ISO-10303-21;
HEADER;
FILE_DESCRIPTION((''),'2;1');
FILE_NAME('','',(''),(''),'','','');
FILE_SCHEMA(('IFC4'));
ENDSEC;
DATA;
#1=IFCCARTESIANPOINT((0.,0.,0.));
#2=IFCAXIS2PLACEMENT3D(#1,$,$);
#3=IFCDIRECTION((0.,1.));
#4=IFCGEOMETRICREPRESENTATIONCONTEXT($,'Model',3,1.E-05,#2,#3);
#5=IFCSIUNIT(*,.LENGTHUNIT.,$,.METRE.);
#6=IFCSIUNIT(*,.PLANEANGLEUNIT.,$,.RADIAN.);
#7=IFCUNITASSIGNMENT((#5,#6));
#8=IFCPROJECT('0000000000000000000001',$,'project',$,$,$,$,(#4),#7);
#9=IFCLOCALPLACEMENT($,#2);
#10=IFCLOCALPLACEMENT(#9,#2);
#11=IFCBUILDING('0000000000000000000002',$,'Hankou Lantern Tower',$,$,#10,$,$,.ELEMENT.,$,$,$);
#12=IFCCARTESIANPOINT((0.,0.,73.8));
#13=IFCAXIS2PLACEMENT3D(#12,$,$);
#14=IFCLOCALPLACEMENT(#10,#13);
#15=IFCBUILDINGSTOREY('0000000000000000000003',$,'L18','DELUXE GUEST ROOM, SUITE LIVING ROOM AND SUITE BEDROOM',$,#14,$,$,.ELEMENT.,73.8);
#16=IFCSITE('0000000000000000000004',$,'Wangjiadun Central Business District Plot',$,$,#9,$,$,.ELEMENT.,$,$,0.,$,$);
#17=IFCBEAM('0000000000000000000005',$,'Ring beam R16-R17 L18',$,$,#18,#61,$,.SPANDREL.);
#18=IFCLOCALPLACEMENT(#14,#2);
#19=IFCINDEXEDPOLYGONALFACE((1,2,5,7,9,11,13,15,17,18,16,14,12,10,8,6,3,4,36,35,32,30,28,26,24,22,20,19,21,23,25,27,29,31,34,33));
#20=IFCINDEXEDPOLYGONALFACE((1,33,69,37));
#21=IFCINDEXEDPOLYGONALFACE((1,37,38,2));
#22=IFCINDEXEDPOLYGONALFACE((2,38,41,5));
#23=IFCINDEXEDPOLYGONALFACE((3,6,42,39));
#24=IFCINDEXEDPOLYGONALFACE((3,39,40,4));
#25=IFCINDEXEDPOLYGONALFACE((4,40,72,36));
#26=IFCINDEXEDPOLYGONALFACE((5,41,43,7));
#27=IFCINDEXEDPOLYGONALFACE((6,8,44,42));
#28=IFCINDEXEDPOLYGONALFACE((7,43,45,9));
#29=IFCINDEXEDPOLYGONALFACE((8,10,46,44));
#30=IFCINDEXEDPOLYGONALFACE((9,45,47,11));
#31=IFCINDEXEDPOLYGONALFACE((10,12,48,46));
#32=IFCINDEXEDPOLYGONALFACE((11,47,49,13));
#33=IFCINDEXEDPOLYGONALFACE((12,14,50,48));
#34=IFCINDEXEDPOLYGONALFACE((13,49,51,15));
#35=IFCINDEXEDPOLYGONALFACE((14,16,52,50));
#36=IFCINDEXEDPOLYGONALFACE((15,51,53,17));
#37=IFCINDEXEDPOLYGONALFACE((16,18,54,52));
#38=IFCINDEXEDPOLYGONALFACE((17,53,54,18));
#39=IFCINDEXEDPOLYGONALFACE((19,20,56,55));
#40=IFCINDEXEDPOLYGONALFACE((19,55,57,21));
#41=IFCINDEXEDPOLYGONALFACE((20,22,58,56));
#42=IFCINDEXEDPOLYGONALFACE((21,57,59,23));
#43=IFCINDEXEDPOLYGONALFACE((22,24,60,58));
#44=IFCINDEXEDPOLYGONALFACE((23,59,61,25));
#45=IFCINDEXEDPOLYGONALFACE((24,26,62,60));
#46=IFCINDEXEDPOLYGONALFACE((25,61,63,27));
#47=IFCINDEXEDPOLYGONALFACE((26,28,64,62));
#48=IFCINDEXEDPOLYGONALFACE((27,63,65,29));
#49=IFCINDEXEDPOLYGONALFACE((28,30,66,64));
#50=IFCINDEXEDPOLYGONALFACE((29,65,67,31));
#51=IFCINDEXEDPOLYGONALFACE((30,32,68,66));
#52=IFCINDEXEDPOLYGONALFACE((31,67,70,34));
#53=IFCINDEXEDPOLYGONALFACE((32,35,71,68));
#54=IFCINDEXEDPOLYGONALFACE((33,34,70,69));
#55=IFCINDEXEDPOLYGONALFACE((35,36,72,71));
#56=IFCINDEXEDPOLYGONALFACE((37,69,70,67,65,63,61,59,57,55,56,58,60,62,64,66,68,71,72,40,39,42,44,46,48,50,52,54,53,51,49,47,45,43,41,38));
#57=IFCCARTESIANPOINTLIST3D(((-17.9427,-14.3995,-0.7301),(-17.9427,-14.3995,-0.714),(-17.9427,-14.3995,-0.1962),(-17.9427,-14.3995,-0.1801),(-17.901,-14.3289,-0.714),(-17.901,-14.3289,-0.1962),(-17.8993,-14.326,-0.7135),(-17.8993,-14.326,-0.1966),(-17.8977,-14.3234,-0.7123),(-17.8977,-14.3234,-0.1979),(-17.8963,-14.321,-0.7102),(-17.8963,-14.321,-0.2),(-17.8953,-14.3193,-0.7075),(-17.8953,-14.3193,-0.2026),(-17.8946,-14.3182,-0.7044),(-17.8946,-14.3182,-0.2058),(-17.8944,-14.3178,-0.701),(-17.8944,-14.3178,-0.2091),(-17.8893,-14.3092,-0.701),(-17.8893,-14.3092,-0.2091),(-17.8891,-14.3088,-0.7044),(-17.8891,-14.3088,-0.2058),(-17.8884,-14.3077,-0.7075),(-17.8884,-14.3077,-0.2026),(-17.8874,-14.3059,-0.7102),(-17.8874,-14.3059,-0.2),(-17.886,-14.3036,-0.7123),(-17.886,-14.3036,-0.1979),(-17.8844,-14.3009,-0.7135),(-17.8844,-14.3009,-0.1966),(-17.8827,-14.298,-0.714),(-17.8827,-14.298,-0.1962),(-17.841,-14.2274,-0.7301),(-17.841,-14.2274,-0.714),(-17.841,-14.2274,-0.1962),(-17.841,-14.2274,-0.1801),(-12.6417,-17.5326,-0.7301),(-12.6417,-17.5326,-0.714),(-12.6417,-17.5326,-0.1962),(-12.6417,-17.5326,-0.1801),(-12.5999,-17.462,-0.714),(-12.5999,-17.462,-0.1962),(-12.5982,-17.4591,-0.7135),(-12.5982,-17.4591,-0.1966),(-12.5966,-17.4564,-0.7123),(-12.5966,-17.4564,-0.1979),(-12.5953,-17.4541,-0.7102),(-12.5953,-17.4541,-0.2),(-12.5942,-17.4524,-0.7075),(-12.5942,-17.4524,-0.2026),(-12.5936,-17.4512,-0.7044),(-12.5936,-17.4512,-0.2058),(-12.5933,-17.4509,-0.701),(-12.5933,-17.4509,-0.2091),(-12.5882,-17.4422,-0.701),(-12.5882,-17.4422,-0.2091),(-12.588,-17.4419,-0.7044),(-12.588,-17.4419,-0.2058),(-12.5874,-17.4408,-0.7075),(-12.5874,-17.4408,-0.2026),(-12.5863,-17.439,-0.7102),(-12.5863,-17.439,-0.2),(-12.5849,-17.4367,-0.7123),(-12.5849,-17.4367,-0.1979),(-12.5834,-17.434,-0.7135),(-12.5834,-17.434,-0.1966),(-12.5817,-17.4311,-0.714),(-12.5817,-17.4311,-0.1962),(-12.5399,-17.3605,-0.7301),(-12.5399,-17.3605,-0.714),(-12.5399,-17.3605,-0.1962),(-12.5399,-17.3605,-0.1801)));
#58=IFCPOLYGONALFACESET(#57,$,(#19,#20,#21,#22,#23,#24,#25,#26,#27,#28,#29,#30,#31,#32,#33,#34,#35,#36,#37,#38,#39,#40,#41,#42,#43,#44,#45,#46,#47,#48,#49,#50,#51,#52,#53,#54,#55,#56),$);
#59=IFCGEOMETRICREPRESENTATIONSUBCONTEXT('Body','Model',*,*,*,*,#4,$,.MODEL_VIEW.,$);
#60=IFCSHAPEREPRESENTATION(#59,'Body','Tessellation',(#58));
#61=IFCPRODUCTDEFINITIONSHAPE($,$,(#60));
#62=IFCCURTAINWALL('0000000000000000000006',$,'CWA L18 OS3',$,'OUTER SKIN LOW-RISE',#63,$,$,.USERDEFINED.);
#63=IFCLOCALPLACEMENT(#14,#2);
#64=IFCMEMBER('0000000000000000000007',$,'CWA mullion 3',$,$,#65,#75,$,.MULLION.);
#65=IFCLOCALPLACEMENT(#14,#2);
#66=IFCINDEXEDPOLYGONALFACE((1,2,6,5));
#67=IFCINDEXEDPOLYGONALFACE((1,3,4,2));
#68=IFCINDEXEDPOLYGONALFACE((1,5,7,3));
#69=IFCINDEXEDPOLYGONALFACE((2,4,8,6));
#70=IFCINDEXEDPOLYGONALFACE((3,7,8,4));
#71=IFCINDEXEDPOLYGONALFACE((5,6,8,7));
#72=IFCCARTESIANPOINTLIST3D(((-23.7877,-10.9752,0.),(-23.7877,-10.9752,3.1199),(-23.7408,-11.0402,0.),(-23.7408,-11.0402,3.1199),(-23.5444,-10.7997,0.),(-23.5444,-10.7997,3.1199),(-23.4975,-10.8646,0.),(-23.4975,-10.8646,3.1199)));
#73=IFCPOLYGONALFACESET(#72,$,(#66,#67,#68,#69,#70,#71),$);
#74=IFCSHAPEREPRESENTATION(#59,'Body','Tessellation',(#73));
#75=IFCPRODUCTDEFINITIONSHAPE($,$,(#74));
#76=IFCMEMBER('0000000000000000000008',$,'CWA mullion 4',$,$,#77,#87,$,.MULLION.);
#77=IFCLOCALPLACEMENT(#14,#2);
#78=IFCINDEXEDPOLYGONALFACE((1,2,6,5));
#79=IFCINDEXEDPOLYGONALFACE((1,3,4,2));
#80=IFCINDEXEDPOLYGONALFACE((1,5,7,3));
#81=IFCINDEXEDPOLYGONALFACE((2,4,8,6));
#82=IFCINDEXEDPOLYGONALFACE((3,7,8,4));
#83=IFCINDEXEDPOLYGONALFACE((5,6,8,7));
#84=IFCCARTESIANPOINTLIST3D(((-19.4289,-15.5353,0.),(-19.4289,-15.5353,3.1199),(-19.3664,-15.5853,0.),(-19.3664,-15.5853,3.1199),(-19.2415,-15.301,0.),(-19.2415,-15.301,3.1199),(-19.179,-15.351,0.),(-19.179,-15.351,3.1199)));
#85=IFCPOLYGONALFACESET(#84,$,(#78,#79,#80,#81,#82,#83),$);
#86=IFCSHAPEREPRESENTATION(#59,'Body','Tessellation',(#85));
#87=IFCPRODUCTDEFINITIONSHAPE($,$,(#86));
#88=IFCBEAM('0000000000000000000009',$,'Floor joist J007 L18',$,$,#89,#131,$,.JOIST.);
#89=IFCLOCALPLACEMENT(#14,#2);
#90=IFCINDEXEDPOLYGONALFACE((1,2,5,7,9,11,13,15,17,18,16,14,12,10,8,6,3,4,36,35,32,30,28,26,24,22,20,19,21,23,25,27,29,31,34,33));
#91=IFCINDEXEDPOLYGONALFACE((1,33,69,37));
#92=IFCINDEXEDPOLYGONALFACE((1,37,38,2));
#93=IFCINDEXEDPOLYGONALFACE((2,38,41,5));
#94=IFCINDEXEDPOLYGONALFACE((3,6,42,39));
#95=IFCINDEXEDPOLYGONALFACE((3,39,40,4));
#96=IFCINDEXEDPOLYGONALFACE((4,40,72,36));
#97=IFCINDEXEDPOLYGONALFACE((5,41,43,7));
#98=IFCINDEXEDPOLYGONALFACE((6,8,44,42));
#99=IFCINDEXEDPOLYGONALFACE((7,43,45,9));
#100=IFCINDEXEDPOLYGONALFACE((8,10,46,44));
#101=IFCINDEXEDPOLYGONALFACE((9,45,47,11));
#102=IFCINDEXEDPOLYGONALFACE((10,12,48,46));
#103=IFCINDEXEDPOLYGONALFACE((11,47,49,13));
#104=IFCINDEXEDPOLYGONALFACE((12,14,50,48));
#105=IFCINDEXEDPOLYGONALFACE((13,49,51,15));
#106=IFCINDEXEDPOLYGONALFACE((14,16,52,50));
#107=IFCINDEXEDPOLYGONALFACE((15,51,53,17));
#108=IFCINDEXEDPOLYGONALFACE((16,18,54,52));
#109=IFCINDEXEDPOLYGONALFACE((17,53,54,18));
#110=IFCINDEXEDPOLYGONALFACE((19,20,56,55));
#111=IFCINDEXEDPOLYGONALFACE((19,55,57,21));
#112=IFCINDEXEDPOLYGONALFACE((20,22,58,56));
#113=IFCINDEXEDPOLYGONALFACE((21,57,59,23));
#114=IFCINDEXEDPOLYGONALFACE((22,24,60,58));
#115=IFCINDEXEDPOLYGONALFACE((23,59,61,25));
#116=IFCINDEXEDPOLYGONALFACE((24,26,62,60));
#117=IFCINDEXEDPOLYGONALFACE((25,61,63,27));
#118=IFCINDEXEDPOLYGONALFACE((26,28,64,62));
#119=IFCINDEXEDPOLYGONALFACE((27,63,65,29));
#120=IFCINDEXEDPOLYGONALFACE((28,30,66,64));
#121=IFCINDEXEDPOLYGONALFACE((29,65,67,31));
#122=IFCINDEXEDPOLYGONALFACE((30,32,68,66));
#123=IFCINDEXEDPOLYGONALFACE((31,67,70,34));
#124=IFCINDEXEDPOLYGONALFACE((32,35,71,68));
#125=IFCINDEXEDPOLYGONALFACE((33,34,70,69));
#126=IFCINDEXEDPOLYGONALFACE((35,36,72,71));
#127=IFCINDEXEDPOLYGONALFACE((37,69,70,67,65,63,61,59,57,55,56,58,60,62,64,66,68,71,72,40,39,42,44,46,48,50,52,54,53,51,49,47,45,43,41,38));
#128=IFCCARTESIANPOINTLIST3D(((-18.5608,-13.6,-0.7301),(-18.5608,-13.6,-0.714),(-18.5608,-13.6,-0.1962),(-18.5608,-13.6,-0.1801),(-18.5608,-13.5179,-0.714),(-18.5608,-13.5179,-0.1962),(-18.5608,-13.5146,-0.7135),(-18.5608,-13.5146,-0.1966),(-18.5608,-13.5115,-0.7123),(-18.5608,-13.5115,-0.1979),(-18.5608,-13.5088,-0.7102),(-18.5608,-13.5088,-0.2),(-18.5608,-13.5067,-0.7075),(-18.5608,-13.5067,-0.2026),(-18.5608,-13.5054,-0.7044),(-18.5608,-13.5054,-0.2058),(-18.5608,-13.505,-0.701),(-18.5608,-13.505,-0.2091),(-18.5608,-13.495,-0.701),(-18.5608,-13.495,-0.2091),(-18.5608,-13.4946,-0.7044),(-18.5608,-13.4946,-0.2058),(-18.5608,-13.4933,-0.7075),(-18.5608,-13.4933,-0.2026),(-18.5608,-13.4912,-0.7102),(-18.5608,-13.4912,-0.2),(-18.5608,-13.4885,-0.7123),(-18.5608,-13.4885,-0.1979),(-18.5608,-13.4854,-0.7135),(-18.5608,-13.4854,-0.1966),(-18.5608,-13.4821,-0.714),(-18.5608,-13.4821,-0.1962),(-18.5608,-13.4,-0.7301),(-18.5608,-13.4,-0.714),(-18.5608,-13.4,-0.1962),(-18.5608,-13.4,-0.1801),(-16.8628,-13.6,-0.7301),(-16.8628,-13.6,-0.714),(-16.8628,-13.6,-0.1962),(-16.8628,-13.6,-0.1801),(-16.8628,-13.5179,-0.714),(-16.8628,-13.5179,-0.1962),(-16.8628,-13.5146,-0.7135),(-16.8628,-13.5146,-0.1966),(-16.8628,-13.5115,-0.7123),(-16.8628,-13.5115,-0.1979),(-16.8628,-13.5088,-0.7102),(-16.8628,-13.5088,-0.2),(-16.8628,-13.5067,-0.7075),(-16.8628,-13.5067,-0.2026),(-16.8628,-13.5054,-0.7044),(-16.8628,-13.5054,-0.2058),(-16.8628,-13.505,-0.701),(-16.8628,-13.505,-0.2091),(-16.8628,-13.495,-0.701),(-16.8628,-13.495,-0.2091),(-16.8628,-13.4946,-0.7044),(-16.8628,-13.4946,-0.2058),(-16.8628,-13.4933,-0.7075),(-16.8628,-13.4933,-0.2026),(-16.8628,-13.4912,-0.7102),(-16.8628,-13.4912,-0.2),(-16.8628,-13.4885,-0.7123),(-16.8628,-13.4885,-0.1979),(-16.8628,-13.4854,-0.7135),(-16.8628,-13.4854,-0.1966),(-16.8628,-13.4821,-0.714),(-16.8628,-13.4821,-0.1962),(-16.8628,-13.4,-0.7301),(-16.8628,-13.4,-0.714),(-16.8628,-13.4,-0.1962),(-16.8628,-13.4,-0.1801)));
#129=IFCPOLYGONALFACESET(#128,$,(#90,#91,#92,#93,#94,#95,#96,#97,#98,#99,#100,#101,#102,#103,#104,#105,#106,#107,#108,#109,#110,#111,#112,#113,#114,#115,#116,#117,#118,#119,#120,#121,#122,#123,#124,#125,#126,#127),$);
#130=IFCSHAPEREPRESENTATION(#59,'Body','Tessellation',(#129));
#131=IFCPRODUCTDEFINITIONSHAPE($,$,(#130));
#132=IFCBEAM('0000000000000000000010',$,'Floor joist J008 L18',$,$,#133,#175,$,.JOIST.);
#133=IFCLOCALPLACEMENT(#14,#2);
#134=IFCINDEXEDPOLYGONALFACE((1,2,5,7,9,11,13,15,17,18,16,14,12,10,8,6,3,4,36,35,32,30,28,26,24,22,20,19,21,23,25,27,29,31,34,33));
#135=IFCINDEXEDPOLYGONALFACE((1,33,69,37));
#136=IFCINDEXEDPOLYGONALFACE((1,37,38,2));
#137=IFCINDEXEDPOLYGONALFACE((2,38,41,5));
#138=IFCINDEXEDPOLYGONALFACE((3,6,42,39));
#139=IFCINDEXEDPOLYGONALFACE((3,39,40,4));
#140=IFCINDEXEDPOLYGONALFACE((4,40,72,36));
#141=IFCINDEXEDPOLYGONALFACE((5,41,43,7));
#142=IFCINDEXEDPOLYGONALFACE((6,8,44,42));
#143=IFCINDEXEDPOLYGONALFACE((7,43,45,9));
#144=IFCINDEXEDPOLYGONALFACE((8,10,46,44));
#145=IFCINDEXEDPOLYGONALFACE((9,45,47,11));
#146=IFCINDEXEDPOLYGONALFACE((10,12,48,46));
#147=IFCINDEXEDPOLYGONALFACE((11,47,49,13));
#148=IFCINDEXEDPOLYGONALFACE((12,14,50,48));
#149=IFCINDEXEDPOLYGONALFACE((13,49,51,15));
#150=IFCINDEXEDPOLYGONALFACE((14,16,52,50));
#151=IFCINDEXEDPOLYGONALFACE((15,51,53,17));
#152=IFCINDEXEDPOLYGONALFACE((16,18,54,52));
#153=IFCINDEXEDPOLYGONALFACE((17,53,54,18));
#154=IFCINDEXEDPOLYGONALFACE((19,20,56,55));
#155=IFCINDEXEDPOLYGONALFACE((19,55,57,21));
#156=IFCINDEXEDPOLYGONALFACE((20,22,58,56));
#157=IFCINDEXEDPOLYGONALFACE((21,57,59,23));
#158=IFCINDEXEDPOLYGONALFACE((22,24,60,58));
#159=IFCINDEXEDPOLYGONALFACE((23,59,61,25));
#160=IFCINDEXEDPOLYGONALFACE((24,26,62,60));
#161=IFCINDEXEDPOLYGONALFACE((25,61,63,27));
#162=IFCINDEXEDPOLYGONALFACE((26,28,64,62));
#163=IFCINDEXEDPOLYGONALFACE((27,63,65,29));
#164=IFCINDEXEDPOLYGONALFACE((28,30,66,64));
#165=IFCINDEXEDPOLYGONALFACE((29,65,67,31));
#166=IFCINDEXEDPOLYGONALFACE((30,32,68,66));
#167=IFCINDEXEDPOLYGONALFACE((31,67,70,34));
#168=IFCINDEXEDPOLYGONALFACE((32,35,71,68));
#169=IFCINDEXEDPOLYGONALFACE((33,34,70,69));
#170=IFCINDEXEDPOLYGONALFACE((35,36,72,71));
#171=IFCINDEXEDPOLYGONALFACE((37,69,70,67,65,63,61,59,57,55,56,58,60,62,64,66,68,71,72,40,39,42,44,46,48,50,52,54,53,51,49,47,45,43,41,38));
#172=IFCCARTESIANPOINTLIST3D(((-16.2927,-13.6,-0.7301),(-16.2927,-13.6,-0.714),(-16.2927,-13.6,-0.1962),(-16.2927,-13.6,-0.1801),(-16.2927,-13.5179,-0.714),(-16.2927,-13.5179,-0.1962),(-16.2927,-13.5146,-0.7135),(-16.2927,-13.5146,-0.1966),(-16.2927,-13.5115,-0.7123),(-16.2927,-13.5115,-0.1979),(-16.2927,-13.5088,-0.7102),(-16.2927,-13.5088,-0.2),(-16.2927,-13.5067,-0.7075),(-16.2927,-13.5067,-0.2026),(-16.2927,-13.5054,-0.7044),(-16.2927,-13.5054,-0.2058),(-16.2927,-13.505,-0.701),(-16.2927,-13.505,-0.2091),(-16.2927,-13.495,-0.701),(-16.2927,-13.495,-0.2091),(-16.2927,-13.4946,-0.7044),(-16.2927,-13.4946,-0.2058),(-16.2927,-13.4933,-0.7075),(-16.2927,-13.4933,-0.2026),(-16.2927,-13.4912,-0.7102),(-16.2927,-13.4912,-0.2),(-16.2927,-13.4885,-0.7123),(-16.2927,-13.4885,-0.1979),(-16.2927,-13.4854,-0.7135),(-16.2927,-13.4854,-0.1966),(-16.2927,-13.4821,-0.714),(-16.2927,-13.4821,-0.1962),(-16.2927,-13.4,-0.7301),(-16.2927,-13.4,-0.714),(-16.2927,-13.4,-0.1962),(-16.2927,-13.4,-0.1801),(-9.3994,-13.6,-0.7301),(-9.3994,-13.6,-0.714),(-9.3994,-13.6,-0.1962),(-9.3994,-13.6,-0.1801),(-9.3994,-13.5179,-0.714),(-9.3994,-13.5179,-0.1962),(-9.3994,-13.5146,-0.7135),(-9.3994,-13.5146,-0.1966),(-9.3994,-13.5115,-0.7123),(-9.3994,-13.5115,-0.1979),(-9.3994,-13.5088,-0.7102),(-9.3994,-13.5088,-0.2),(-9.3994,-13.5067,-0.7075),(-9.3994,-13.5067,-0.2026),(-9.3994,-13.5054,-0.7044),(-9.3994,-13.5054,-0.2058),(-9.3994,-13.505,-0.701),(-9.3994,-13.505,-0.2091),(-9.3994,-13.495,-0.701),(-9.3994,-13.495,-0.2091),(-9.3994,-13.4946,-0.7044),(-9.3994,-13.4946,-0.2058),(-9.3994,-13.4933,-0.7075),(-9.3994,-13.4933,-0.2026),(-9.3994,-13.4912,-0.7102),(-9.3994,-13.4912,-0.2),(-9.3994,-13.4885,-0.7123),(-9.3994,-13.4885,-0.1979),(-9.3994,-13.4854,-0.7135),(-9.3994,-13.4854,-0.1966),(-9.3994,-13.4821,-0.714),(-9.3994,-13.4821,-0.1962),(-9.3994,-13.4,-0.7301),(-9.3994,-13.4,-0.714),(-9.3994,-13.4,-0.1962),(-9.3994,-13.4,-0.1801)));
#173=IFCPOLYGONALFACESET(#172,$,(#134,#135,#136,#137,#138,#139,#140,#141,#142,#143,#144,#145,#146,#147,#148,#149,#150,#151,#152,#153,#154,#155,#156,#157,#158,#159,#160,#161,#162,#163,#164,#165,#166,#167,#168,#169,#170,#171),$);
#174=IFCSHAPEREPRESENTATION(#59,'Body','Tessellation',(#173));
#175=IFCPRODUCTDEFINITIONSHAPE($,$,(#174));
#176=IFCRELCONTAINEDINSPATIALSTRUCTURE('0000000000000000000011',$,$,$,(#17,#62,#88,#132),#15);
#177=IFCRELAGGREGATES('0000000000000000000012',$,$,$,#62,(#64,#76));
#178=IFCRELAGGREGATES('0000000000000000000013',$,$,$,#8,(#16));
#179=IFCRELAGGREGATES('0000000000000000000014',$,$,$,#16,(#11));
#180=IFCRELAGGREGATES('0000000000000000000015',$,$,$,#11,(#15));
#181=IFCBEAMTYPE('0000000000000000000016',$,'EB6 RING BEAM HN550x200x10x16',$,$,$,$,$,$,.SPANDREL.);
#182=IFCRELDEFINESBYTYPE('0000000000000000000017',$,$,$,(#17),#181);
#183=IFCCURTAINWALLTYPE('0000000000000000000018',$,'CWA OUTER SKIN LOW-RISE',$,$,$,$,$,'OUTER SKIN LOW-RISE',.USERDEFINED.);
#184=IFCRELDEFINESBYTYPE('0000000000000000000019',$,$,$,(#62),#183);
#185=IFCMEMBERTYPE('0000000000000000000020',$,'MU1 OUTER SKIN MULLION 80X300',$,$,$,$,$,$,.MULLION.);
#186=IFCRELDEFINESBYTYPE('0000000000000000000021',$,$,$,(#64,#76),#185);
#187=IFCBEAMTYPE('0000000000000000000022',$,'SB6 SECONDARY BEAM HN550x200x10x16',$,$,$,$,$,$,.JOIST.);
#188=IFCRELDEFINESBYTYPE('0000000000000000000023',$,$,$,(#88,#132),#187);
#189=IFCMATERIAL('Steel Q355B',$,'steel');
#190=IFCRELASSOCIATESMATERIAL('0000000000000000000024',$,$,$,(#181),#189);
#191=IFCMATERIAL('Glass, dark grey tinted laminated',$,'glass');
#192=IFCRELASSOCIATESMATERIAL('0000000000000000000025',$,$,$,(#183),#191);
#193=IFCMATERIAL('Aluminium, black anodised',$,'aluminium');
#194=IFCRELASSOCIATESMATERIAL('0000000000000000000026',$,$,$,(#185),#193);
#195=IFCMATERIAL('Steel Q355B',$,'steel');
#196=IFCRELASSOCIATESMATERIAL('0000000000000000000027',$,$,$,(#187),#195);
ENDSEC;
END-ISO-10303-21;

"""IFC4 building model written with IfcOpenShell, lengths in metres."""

from ifc_helpers import new_model, si_unit, direction, frame, origin, origin_2d, place, context, subcontext, project, spatial, rectangle, i_section, extrude, material, material_profile, profile_set, type_object, element, aggregate, save


model = new_model("IFC4")

# Units and contexts
model_context = context("Model", 3, precision=1e-05, world=origin(), true_north=direction((0.0, 1.0)))
body_context = subcontext(model_context, "Body", "Model", "MODEL_VIEW")
ifc_project = project(units=[si_unit("LENGTHUNIT", "METRE"), si_unit("PLANEANGLEUNIT", "RADIAN")], contexts=[model_context])

# Site, building, storey
site_placement = place(None, origin())
site = spatial("IfcSite", under=ifc_project, at=site_placement, Name="Wangjiadun Central Business District Plot", CompositionType="ELEMENT", RefElevation=0.0)
building_placement = place(site_placement, origin())
building = spatial("IfcBuilding", under=site, at=building_placement, Name="Hankou Lantern Tower", CompositionType="ELEMENT")
storey_placement = place(building_placement, frame((0.0, 0.0, 73.8)))
storey = spatial("IfcBuildingStorey", under=building, at=storey_placement, Name="L18", Description="DELUXE GUEST ROOM, SUITE LIVING ROOM AND SUITE BEDROOM", CompositionType="ELEMENT", Elevation=73.8)

# Beam
ifc_material_1 = material(Name="Steel Q355B", Category="steel")
ifc_material_profile_1 = material_profile(ifc_material_1, i_section(OverallWidth=0.2, OverallDepth=0.55, WebThickness=0.01, FlangeThickness=0.0161, FilletRadius=0.0129, at=origin_2d()), Name="HN550x200x10x16")
ifc_profile_set_1 = profile_set([ifc_material_profile_1], Name="Steel Q355B")
beam_type_1 = type_object("IfcBeamType", Name="EB6 RING BEAM HN550x200x10x16", PredefinedType="SPANDREL", material=ifc_profile_set_1)
beam_1_placement = place(storey_placement, frame((-17.8918, -14.3135, -0.4551), z_axis=(0.860882, -0.508805, 0.0), x_axis=(0.508805, 0.860882, 0.0)))
element("IfcBeam", 1, at=beam_1_placement, inside=storey, type_object=beam_type_1, Name="Ring beam R16-R17 L18", PredefinedType="SPANDREL", context=body_context, shape_type="SweptSolid", body=[
    extrude(i_section(OverallWidth=0.2, OverallDepth=0.55, WebThickness=0.01, FlangeThickness=0.0161, FilletRadius=0.0129, at=origin_2d()), origin(), (0.0, 0.0, 1.0), 6.1577),
])

# Curtain wall, members
ifc_material_2 = material(Name="Glass, dark grey tinted laminated", Category="glass")
curtain_wall_type = type_object("IfcCurtainWallType", Name="CWA OUTER SKIN LOW-RISE", ElementType="OUTER SKIN LOW-RISE", PredefinedType="USERDEFINED", material=ifc_material_2)
curtain_wall_placement = place(storey_placement, origin())
curtain_wall = element("IfcCurtainWall", 2, at=curtain_wall_placement, inside=storey, type_object=curtain_wall_type, Name="CWA L18 OS3", ObjectType="OUTER SKIN LOW-RISE", PredefinedType="USERDEFINED")
ifc_material_3 = material(Name="Aluminium, black anodised", Category="aluminium")
ifc_material_profile_2 = material_profile(ifc_material_3, rectangle(XDim=0.0801, YDim=0.3, at=origin_2d()), Name="MU1 80X300")
ifc_profile_set_2 = profile_set([ifc_material_profile_2], Name="Aluminium, black anodised")
member_type_1 = type_object("IfcMemberType", Name="MU1 OUTER SKIN MULLION 80X300", PredefinedType="MULLION", material=ifc_profile_set_2)
member_1_placement = place(storey_placement, frame((-23.6426, -10.9199, 0.0), z_axis=(0.0, 0.0, 1.0), x_axis=(0.585206, -0.810885, 0.0)))
member_1 = element("IfcMember", 3, at=member_1_placement, type_object=member_type_1, Name="CWA mullion 3", PredefinedType="MULLION", context=body_context, shape_type="SweptSolid", body=[
    extrude(rectangle(XDim=0.0801, YDim=0.3, at=origin_2d()), origin(), (0.0, 0.0, 1.0), 3.1199),
])
member_2_placement = place(storey_placement, frame((-19.304, -15.4431, 0.0), z_axis=(0.0, 0.0, 1.0), x_axis=(0.780869, -0.624695, 0.0)))
member_2 = element("IfcMember", 4, at=member_2_placement, type_object=member_type_1, Name="CWA mullion 4", PredefinedType="MULLION", context=body_context, shape_type="SweptSolid", body=[
    extrude(rectangle(XDim=0.0801, YDim=0.3, at=origin_2d()), origin(), (0.0, 0.0, 1.0), 3.1199),
])

# Beams
ifc_material_4 = material(Name="Steel Q355B", Category="steel")
ifc_material_profile_3 = material_profile(ifc_material_4, i_section(OverallWidth=0.2, OverallDepth=0.55, WebThickness=0.01, FlangeThickness=0.0161, FilletRadius=0.0129, at=origin_2d()), Name="HN550x200x10x16")
ifc_profile_set_3 = profile_set([ifc_material_profile_3], Name="Steel Q355B")
beam_type_2 = type_object("IfcBeamType", Name="SB6 SECONDARY BEAM HN550x200x10x16", PredefinedType="JOIST", material=ifc_profile_set_3)
beam_2_placement = place(storey_placement, frame((-18.5608, -13.5, -0.4551), z_axis=(1.0, 0.0, 0.0), x_axis=(0.0, 1.0, 0.0)))
element("IfcBeam", 5, at=beam_2_placement, inside=storey, type_object=beam_type_2, Name="Floor joist J007 L18", PredefinedType="JOIST", context=body_context, shape_type="SweptSolid", body=[
    extrude(i_section(OverallWidth=0.2, OverallDepth=0.55, WebThickness=0.01, FlangeThickness=0.0161, FilletRadius=0.0129, at=origin_2d()), origin(), (0.0, 0.0, 1.0), 1.698),
])
beam_3_placement = place(storey_placement, frame((-16.2927, -13.5, -0.4551), z_axis=(1.0, 0.0, 0.0), x_axis=(0.0, 1.0, 0.0)))
element("IfcBeam", 6, at=beam_3_placement, inside=storey, type_object=beam_type_2, Name="Floor joist J008 L18", PredefinedType="JOIST", context=body_context, shape_type="SweptSolid", body=[
    extrude(i_section(OverallWidth=0.2, OverallDepth=0.55, WebThickness=0.01, FlangeThickness=0.0161, FilletRadius=0.0129, at=origin_2d()), origin(), (0.0, 0.0, 1.0), 6.8933),
])

aggregate(curtain_wall, [member_1, member_2])

save(model, "model.ifc")
